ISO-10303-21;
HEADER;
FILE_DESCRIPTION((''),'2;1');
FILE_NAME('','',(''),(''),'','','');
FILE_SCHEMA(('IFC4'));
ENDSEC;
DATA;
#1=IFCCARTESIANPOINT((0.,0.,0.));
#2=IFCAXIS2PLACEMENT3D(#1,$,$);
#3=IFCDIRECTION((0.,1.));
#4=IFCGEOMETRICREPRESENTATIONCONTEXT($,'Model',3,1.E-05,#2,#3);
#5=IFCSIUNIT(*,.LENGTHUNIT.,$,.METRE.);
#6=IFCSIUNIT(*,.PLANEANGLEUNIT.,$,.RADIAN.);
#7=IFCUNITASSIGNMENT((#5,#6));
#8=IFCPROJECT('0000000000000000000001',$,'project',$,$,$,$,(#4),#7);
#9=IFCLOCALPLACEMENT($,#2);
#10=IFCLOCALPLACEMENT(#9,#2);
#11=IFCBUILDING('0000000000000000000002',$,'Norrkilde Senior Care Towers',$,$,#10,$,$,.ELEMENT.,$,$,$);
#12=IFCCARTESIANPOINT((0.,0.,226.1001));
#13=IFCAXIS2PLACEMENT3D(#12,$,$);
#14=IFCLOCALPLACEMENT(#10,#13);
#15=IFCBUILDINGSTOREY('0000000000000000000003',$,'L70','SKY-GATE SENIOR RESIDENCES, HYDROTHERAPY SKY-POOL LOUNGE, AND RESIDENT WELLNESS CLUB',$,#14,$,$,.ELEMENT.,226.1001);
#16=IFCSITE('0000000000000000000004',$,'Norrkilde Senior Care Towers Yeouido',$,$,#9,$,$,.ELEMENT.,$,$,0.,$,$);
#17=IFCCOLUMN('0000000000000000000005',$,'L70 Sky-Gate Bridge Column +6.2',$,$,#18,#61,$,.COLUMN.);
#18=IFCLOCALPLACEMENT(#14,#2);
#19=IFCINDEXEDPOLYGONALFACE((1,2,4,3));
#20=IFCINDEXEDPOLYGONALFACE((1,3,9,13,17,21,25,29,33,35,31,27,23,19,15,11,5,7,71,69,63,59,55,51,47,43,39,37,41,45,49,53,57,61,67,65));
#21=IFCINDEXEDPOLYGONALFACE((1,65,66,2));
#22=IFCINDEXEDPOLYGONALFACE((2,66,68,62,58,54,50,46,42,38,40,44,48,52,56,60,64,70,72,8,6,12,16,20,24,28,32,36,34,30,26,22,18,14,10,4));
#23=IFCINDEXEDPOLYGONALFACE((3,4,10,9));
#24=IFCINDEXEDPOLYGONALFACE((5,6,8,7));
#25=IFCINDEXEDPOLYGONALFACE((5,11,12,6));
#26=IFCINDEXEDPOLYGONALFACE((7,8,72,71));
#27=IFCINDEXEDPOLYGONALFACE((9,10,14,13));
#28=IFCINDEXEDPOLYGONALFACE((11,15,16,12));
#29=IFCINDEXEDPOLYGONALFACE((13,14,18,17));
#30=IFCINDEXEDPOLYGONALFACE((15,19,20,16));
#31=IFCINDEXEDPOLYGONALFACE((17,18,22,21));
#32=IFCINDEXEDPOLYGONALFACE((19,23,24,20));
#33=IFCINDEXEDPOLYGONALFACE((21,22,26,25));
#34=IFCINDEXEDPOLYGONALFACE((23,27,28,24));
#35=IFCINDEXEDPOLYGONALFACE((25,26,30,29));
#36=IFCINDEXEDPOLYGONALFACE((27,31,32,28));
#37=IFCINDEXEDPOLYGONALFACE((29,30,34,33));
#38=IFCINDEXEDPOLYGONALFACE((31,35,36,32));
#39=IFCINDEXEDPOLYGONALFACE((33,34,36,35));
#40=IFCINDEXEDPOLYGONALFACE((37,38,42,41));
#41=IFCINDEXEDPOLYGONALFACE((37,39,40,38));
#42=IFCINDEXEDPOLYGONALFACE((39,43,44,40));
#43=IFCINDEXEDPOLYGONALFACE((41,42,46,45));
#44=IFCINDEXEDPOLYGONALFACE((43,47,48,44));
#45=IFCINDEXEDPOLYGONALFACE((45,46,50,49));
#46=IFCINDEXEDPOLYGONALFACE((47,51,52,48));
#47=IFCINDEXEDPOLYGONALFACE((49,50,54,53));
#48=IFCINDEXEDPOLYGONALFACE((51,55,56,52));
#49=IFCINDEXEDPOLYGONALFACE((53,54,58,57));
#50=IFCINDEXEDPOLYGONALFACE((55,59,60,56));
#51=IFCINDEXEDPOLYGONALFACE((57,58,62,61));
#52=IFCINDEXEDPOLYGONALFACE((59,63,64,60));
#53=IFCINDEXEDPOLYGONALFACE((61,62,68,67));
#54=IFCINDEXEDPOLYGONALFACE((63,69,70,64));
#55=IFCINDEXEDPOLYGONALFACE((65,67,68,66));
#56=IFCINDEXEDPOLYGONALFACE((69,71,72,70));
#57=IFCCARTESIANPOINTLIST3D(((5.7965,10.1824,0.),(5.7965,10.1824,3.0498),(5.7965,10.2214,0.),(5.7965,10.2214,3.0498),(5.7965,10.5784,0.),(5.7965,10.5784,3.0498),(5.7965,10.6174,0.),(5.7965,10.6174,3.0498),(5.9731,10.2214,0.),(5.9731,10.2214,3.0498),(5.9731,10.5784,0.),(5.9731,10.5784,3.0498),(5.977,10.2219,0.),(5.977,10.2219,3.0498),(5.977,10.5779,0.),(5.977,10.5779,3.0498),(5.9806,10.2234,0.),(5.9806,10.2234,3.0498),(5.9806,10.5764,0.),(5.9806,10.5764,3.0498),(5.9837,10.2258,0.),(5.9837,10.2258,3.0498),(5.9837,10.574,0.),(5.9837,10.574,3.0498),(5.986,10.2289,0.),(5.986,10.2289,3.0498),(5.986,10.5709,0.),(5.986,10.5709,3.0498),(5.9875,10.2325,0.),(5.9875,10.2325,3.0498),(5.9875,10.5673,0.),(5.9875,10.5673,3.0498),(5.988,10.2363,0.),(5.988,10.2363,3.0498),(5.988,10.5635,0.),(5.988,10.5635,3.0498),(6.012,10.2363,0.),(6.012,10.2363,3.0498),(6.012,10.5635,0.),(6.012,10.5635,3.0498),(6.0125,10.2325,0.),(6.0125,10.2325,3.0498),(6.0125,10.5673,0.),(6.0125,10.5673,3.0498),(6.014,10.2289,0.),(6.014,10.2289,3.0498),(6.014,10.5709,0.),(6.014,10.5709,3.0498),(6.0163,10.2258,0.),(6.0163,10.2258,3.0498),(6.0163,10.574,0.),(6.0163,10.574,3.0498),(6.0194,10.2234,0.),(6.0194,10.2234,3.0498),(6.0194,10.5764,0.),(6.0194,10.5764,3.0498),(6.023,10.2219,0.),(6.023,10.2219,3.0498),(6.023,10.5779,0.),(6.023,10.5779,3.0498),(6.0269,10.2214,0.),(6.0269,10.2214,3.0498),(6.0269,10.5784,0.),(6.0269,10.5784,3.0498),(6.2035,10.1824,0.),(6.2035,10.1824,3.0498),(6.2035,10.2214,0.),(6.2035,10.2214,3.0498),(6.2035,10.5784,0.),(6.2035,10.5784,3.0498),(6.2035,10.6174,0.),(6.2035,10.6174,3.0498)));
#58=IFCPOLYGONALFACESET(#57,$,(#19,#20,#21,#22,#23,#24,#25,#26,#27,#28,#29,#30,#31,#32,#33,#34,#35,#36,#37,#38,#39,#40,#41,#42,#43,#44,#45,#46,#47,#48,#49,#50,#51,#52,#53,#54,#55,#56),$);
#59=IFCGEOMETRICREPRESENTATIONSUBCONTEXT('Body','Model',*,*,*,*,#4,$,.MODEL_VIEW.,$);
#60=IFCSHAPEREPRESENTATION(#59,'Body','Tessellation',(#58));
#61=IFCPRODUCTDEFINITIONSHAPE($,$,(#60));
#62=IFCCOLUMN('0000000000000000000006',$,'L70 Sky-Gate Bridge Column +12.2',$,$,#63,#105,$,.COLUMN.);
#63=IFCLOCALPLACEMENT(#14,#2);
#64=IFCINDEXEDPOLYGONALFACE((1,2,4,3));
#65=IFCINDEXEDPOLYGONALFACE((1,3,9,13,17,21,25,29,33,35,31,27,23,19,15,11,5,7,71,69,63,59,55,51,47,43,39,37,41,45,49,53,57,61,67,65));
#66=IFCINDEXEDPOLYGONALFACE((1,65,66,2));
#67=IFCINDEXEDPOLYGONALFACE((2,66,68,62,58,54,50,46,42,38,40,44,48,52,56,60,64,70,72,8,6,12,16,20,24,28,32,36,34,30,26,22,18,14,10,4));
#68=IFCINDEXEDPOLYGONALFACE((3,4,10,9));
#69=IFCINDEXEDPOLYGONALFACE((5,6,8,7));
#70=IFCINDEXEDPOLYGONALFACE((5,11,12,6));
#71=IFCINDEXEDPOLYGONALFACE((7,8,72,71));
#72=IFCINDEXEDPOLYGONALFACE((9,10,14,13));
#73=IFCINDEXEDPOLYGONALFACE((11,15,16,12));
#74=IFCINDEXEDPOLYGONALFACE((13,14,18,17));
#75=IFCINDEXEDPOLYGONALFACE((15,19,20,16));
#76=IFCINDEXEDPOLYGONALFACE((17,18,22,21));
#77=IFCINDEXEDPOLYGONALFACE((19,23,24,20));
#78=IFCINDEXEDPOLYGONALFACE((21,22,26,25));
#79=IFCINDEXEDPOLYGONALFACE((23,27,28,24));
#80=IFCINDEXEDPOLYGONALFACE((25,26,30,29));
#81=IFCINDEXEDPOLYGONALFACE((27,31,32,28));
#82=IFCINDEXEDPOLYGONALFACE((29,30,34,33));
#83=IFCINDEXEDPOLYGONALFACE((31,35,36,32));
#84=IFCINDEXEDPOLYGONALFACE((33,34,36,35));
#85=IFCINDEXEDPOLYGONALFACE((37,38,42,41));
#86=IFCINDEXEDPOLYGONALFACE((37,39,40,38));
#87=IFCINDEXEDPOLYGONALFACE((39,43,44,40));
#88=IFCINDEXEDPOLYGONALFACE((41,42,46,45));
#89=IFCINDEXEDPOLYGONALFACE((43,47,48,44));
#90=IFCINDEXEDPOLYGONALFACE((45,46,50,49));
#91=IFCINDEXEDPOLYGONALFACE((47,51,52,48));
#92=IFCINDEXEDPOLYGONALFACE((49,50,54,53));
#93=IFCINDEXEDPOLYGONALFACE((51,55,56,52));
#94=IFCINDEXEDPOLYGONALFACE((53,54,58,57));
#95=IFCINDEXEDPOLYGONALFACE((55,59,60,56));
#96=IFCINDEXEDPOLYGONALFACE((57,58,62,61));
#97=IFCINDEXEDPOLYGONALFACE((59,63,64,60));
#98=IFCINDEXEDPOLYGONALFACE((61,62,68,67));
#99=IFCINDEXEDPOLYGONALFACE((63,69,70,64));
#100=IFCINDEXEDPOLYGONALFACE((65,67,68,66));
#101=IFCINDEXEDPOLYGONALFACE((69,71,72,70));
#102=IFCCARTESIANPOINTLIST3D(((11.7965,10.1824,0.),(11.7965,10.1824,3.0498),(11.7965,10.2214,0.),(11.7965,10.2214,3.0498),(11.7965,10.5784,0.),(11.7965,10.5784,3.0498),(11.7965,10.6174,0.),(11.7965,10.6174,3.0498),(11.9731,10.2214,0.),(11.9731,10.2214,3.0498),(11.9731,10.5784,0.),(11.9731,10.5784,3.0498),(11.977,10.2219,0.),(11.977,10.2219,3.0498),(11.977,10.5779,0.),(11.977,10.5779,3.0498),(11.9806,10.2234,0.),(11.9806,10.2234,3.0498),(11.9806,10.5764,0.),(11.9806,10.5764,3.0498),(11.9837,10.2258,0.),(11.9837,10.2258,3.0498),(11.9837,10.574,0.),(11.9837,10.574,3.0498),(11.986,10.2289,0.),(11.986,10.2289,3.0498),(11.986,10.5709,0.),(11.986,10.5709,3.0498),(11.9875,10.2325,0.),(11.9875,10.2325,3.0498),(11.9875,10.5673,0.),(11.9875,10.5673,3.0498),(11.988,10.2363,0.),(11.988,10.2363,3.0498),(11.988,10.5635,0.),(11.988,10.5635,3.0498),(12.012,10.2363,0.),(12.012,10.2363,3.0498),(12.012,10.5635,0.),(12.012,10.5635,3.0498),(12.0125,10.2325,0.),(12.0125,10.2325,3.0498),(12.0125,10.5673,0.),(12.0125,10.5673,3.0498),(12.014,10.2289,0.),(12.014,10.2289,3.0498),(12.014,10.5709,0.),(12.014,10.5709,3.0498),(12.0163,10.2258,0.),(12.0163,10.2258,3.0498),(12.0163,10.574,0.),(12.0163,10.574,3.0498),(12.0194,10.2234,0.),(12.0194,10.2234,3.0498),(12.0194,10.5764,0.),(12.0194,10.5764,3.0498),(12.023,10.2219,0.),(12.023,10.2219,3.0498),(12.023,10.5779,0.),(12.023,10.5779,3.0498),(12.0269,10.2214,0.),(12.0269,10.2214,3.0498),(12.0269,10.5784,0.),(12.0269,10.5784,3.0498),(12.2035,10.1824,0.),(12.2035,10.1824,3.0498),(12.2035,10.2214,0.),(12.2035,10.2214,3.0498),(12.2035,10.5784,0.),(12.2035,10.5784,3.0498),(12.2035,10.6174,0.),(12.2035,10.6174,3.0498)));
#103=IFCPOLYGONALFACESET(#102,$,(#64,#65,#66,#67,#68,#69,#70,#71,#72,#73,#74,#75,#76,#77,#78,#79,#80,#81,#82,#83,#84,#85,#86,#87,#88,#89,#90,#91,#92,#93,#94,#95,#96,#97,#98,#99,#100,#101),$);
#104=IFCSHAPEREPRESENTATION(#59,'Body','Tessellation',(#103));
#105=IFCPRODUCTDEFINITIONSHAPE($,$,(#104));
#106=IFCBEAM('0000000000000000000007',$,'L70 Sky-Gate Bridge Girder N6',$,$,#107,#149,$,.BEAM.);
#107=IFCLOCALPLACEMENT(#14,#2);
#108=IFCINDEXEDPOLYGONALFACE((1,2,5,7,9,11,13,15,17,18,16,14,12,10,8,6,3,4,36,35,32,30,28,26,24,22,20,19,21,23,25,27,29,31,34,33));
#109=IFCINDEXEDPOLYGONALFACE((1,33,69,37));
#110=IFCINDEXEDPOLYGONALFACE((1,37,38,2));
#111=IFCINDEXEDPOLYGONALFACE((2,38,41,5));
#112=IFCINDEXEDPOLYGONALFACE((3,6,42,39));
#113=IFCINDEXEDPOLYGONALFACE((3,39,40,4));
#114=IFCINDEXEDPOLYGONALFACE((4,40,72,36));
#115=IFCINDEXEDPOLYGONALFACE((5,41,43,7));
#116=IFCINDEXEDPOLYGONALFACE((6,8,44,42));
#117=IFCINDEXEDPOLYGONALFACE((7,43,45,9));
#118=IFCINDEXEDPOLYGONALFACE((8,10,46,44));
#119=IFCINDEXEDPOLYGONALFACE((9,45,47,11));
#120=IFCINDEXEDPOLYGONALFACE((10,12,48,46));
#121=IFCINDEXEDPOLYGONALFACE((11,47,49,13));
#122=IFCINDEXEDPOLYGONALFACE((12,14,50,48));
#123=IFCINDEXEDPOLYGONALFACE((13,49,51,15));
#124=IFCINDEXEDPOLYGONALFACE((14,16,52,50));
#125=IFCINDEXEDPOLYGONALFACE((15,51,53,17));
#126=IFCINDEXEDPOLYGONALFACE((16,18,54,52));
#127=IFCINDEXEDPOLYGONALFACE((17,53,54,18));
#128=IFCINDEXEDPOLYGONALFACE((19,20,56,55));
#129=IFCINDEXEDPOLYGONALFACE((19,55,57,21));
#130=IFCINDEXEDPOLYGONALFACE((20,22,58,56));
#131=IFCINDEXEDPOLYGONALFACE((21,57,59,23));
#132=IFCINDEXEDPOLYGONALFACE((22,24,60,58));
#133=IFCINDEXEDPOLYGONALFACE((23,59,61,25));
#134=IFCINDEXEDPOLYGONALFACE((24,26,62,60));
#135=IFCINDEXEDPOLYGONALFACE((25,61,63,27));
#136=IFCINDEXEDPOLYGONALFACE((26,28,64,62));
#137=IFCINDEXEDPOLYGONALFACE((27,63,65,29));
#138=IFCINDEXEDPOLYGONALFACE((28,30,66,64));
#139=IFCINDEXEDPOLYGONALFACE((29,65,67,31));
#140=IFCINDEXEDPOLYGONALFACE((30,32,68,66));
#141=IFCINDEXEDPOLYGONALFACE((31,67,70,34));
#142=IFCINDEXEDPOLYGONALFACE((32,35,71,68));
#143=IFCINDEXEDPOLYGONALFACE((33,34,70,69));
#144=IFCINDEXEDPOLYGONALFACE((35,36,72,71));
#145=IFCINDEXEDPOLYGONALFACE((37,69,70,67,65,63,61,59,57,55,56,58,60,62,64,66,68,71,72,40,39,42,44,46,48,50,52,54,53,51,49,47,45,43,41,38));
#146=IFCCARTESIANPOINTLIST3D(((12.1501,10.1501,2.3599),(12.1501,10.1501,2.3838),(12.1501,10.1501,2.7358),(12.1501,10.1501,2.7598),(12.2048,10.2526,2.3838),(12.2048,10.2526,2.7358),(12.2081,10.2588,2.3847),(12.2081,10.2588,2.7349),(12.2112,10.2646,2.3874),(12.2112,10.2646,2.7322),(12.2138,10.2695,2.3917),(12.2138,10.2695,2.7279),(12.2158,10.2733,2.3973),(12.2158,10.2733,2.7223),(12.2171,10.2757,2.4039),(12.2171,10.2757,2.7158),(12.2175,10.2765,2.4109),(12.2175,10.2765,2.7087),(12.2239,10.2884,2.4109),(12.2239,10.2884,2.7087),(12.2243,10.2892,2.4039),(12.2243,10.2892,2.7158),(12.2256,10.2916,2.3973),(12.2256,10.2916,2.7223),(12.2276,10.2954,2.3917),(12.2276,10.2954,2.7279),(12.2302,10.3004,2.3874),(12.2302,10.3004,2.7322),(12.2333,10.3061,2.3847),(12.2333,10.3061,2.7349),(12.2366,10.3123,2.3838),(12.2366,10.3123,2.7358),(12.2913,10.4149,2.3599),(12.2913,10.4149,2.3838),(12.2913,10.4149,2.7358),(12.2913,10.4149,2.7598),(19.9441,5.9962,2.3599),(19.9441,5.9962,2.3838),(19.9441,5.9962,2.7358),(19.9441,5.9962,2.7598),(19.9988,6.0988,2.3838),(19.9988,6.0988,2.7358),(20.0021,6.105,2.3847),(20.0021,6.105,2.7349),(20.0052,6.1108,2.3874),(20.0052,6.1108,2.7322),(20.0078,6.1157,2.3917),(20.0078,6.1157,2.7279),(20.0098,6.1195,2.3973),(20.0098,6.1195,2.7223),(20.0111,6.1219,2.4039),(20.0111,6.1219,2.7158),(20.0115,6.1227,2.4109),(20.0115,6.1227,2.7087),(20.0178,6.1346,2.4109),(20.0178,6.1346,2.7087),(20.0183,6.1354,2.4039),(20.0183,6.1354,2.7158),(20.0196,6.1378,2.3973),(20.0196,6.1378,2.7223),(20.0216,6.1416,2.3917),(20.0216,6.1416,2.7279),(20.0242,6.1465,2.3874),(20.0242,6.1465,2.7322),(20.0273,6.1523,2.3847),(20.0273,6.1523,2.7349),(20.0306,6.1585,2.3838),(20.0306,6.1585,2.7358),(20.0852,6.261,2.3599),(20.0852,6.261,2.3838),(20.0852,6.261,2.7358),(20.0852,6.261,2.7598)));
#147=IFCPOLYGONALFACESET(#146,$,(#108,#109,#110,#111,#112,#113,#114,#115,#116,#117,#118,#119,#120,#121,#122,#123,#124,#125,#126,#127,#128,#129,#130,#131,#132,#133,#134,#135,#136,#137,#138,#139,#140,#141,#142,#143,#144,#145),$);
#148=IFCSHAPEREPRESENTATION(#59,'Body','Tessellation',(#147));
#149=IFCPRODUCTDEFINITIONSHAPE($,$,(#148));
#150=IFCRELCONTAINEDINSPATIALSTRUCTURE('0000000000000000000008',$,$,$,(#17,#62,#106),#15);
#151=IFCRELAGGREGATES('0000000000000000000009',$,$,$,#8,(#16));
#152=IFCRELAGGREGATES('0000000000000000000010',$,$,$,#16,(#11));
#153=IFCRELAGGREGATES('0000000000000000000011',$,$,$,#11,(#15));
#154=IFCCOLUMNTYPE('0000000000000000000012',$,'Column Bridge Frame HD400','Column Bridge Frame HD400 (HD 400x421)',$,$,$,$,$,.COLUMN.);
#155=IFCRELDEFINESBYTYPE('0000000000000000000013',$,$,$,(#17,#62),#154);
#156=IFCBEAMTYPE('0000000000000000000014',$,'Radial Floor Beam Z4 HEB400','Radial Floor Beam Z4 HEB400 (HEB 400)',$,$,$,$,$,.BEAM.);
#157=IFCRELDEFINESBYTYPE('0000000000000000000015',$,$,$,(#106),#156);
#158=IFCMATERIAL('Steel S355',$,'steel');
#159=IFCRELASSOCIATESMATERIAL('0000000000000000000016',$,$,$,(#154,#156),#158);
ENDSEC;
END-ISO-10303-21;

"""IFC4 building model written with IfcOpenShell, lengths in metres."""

from ifc_helpers import new_model, si_unit, direction, frame, origin, origin_2d, place, context, subcontext, project, spatial, i_section, extrude, source, transform, mapped, material, material_profile, profile_set, type_object, type_shapes, element, save


model = new_model("IFC4")

# Units and contexts
model_context = context("Model", 3, precision=1e-05, world=origin(), true_north=direction((0.0, 1.0)))
body_context = subcontext(model_context, "Body", "Model", "MODEL_VIEW")
ifc_project = project(units=[si_unit("LENGTHUNIT", "METRE"), si_unit("PLANEANGLEUNIT", "RADIAN")], contexts=[model_context])

# Site, building, storey
site_placement = place(None, origin())
site = spatial("IfcSite", under=ifc_project, at=site_placement, Name="Norrkilde Senior Care Towers Yeouido", CompositionType="ELEMENT", RefElevation=0.0)
building_placement = place(site_placement, origin())
building = spatial("IfcBuilding", under=site, at=building_placement, Name="Norrkilde Senior Care Towers", CompositionType="ELEMENT")
storey_placement = place(building_placement, frame((0.0, 0.0, 226.1001)))
storey = spatial("IfcBuildingStorey", under=building, at=storey_placement, Name="L70", Description="SKY-GATE SENIOR RESIDENCES, HYDROTHERAPY SKY-POOL LOUNGE, AND RESIDENT WELLNESS CLUB", CompositionType="ELEMENT", Elevation=226.1001)

# Columns
ifc_material_1 = material(Name="Steel S355", Category="steel")
ifc_material_profile_1 = material_profile(ifc_material_1, i_section(OverallWidth=0.407, OverallDepth=0.4351, WebThickness=0.0239, FlangeThickness=0.0391, FilletRadius=0.0149, at=origin_2d()), Name="HD 400x421")
ifc_profile_set_1 = profile_set([ifc_material_profile_1], Name="Steel S355")
column_type = type_object("IfcColumnType", Name="Column Bridge Frame HD400", Description="Column Bridge Frame HD400 (HD 400x421)", PredefinedType="COLUMN", material=ifc_profile_set_1)
shared_shape_1 = source(origin(), body_context, "Body", "SweptSolid", [
    extrude(i_section(OverallWidth=0.407, OverallDepth=0.4351, WebThickness=0.0239, FlangeThickness=0.0391, FilletRadius=0.0149, at=origin_2d()), origin(), (0.0, 0.0, 1.0), 3.0498),
])
type_shapes(column_type, [shared_shape_1])
for number, where, z_axis, x_axis, name in (
    (1, (6.0, 10.3999, 0.0), (0.0, 0.0, 1.0), (1.0, 0.0, 0.0), "L70 Sky-Gate Bridge Column +6.2"),
    (2, (12.0, 10.3999, 0.0), (0.0, 0.0, 1.0), (1.0, 0.0, 0.0), "L70 Sky-Gate Bridge Column +12.2"),
):
    element("IfcColumn", number, at=place(storey_placement, frame(where, z_axis=z_axis, x_axis=x_axis)), inside=storey, type_object=column_type, Name=name, PredefinedType="COLUMN", context=body_context, shape_type="MappedRepresentation", body=[
        mapped(shared_shape_1, transform((0.0, 0.0, 0.0), x_axis=(1.0, 0.0, 0.0), y_axis=(0.0, 1.0, 0.0), z_axis=(0.0, 0.0, 1.0), scale=1.0)),
    ])

# Beam
ifc_material_profile_2 = material_profile(ifc_material_1, i_section(OverallWidth=0.3, OverallDepth=0.3999, WebThickness=0.0134, FlangeThickness=0.0239, FilletRadius=0.0271, at=origin_2d()), Name="HEB 400")
ifc_profile_set_2 = profile_set([ifc_material_profile_2], Name="Steel S355")
beam_type_1 = type_object("IfcBeamType", Name="Radial Floor Beam Z4 HEB400", Description="Radial Floor Beam Z4 HEB400 (HEB 400)", PredefinedType="BEAM", material=ifc_profile_set_2)
shared_shape_2 = source(origin(), body_context, "Body", "SweptSolid", [
    extrude(i_section(OverallWidth=0.3, OverallDepth=0.3999, WebThickness=0.0134, FlangeThickness=0.0239, FilletRadius=0.0271, at=origin_2d()), origin(), (0.0, 0.0, 1.0), 8.8318),
])
type_shapes(beam_type_1, [shared_shape_2])
beam_placement = place(storey_placement, frame((12.2207, 10.2825, 2.5598), z_axis=(0.882492, -0.470327, 0.0), x_axis=(0.470327, 0.882492, 0.0)))
element("IfcBeam", 3, at=beam_placement, inside=storey, type_object=beam_type_1, Name="L70 Sky-Gate Bridge Girder N6", PredefinedType="BEAM", context=body_context, shape_type="MappedRepresentation", body=[
    mapped(shared_shape_2, transform((0.0, 0.0, 0.0), x_axis=(1.0, 0.0, 0.0), y_axis=(0.0, 1.0, 0.0), z_axis=(0.0, 0.0, 1.0), scale=1.0)),
])

save(model, "model.ifc")
